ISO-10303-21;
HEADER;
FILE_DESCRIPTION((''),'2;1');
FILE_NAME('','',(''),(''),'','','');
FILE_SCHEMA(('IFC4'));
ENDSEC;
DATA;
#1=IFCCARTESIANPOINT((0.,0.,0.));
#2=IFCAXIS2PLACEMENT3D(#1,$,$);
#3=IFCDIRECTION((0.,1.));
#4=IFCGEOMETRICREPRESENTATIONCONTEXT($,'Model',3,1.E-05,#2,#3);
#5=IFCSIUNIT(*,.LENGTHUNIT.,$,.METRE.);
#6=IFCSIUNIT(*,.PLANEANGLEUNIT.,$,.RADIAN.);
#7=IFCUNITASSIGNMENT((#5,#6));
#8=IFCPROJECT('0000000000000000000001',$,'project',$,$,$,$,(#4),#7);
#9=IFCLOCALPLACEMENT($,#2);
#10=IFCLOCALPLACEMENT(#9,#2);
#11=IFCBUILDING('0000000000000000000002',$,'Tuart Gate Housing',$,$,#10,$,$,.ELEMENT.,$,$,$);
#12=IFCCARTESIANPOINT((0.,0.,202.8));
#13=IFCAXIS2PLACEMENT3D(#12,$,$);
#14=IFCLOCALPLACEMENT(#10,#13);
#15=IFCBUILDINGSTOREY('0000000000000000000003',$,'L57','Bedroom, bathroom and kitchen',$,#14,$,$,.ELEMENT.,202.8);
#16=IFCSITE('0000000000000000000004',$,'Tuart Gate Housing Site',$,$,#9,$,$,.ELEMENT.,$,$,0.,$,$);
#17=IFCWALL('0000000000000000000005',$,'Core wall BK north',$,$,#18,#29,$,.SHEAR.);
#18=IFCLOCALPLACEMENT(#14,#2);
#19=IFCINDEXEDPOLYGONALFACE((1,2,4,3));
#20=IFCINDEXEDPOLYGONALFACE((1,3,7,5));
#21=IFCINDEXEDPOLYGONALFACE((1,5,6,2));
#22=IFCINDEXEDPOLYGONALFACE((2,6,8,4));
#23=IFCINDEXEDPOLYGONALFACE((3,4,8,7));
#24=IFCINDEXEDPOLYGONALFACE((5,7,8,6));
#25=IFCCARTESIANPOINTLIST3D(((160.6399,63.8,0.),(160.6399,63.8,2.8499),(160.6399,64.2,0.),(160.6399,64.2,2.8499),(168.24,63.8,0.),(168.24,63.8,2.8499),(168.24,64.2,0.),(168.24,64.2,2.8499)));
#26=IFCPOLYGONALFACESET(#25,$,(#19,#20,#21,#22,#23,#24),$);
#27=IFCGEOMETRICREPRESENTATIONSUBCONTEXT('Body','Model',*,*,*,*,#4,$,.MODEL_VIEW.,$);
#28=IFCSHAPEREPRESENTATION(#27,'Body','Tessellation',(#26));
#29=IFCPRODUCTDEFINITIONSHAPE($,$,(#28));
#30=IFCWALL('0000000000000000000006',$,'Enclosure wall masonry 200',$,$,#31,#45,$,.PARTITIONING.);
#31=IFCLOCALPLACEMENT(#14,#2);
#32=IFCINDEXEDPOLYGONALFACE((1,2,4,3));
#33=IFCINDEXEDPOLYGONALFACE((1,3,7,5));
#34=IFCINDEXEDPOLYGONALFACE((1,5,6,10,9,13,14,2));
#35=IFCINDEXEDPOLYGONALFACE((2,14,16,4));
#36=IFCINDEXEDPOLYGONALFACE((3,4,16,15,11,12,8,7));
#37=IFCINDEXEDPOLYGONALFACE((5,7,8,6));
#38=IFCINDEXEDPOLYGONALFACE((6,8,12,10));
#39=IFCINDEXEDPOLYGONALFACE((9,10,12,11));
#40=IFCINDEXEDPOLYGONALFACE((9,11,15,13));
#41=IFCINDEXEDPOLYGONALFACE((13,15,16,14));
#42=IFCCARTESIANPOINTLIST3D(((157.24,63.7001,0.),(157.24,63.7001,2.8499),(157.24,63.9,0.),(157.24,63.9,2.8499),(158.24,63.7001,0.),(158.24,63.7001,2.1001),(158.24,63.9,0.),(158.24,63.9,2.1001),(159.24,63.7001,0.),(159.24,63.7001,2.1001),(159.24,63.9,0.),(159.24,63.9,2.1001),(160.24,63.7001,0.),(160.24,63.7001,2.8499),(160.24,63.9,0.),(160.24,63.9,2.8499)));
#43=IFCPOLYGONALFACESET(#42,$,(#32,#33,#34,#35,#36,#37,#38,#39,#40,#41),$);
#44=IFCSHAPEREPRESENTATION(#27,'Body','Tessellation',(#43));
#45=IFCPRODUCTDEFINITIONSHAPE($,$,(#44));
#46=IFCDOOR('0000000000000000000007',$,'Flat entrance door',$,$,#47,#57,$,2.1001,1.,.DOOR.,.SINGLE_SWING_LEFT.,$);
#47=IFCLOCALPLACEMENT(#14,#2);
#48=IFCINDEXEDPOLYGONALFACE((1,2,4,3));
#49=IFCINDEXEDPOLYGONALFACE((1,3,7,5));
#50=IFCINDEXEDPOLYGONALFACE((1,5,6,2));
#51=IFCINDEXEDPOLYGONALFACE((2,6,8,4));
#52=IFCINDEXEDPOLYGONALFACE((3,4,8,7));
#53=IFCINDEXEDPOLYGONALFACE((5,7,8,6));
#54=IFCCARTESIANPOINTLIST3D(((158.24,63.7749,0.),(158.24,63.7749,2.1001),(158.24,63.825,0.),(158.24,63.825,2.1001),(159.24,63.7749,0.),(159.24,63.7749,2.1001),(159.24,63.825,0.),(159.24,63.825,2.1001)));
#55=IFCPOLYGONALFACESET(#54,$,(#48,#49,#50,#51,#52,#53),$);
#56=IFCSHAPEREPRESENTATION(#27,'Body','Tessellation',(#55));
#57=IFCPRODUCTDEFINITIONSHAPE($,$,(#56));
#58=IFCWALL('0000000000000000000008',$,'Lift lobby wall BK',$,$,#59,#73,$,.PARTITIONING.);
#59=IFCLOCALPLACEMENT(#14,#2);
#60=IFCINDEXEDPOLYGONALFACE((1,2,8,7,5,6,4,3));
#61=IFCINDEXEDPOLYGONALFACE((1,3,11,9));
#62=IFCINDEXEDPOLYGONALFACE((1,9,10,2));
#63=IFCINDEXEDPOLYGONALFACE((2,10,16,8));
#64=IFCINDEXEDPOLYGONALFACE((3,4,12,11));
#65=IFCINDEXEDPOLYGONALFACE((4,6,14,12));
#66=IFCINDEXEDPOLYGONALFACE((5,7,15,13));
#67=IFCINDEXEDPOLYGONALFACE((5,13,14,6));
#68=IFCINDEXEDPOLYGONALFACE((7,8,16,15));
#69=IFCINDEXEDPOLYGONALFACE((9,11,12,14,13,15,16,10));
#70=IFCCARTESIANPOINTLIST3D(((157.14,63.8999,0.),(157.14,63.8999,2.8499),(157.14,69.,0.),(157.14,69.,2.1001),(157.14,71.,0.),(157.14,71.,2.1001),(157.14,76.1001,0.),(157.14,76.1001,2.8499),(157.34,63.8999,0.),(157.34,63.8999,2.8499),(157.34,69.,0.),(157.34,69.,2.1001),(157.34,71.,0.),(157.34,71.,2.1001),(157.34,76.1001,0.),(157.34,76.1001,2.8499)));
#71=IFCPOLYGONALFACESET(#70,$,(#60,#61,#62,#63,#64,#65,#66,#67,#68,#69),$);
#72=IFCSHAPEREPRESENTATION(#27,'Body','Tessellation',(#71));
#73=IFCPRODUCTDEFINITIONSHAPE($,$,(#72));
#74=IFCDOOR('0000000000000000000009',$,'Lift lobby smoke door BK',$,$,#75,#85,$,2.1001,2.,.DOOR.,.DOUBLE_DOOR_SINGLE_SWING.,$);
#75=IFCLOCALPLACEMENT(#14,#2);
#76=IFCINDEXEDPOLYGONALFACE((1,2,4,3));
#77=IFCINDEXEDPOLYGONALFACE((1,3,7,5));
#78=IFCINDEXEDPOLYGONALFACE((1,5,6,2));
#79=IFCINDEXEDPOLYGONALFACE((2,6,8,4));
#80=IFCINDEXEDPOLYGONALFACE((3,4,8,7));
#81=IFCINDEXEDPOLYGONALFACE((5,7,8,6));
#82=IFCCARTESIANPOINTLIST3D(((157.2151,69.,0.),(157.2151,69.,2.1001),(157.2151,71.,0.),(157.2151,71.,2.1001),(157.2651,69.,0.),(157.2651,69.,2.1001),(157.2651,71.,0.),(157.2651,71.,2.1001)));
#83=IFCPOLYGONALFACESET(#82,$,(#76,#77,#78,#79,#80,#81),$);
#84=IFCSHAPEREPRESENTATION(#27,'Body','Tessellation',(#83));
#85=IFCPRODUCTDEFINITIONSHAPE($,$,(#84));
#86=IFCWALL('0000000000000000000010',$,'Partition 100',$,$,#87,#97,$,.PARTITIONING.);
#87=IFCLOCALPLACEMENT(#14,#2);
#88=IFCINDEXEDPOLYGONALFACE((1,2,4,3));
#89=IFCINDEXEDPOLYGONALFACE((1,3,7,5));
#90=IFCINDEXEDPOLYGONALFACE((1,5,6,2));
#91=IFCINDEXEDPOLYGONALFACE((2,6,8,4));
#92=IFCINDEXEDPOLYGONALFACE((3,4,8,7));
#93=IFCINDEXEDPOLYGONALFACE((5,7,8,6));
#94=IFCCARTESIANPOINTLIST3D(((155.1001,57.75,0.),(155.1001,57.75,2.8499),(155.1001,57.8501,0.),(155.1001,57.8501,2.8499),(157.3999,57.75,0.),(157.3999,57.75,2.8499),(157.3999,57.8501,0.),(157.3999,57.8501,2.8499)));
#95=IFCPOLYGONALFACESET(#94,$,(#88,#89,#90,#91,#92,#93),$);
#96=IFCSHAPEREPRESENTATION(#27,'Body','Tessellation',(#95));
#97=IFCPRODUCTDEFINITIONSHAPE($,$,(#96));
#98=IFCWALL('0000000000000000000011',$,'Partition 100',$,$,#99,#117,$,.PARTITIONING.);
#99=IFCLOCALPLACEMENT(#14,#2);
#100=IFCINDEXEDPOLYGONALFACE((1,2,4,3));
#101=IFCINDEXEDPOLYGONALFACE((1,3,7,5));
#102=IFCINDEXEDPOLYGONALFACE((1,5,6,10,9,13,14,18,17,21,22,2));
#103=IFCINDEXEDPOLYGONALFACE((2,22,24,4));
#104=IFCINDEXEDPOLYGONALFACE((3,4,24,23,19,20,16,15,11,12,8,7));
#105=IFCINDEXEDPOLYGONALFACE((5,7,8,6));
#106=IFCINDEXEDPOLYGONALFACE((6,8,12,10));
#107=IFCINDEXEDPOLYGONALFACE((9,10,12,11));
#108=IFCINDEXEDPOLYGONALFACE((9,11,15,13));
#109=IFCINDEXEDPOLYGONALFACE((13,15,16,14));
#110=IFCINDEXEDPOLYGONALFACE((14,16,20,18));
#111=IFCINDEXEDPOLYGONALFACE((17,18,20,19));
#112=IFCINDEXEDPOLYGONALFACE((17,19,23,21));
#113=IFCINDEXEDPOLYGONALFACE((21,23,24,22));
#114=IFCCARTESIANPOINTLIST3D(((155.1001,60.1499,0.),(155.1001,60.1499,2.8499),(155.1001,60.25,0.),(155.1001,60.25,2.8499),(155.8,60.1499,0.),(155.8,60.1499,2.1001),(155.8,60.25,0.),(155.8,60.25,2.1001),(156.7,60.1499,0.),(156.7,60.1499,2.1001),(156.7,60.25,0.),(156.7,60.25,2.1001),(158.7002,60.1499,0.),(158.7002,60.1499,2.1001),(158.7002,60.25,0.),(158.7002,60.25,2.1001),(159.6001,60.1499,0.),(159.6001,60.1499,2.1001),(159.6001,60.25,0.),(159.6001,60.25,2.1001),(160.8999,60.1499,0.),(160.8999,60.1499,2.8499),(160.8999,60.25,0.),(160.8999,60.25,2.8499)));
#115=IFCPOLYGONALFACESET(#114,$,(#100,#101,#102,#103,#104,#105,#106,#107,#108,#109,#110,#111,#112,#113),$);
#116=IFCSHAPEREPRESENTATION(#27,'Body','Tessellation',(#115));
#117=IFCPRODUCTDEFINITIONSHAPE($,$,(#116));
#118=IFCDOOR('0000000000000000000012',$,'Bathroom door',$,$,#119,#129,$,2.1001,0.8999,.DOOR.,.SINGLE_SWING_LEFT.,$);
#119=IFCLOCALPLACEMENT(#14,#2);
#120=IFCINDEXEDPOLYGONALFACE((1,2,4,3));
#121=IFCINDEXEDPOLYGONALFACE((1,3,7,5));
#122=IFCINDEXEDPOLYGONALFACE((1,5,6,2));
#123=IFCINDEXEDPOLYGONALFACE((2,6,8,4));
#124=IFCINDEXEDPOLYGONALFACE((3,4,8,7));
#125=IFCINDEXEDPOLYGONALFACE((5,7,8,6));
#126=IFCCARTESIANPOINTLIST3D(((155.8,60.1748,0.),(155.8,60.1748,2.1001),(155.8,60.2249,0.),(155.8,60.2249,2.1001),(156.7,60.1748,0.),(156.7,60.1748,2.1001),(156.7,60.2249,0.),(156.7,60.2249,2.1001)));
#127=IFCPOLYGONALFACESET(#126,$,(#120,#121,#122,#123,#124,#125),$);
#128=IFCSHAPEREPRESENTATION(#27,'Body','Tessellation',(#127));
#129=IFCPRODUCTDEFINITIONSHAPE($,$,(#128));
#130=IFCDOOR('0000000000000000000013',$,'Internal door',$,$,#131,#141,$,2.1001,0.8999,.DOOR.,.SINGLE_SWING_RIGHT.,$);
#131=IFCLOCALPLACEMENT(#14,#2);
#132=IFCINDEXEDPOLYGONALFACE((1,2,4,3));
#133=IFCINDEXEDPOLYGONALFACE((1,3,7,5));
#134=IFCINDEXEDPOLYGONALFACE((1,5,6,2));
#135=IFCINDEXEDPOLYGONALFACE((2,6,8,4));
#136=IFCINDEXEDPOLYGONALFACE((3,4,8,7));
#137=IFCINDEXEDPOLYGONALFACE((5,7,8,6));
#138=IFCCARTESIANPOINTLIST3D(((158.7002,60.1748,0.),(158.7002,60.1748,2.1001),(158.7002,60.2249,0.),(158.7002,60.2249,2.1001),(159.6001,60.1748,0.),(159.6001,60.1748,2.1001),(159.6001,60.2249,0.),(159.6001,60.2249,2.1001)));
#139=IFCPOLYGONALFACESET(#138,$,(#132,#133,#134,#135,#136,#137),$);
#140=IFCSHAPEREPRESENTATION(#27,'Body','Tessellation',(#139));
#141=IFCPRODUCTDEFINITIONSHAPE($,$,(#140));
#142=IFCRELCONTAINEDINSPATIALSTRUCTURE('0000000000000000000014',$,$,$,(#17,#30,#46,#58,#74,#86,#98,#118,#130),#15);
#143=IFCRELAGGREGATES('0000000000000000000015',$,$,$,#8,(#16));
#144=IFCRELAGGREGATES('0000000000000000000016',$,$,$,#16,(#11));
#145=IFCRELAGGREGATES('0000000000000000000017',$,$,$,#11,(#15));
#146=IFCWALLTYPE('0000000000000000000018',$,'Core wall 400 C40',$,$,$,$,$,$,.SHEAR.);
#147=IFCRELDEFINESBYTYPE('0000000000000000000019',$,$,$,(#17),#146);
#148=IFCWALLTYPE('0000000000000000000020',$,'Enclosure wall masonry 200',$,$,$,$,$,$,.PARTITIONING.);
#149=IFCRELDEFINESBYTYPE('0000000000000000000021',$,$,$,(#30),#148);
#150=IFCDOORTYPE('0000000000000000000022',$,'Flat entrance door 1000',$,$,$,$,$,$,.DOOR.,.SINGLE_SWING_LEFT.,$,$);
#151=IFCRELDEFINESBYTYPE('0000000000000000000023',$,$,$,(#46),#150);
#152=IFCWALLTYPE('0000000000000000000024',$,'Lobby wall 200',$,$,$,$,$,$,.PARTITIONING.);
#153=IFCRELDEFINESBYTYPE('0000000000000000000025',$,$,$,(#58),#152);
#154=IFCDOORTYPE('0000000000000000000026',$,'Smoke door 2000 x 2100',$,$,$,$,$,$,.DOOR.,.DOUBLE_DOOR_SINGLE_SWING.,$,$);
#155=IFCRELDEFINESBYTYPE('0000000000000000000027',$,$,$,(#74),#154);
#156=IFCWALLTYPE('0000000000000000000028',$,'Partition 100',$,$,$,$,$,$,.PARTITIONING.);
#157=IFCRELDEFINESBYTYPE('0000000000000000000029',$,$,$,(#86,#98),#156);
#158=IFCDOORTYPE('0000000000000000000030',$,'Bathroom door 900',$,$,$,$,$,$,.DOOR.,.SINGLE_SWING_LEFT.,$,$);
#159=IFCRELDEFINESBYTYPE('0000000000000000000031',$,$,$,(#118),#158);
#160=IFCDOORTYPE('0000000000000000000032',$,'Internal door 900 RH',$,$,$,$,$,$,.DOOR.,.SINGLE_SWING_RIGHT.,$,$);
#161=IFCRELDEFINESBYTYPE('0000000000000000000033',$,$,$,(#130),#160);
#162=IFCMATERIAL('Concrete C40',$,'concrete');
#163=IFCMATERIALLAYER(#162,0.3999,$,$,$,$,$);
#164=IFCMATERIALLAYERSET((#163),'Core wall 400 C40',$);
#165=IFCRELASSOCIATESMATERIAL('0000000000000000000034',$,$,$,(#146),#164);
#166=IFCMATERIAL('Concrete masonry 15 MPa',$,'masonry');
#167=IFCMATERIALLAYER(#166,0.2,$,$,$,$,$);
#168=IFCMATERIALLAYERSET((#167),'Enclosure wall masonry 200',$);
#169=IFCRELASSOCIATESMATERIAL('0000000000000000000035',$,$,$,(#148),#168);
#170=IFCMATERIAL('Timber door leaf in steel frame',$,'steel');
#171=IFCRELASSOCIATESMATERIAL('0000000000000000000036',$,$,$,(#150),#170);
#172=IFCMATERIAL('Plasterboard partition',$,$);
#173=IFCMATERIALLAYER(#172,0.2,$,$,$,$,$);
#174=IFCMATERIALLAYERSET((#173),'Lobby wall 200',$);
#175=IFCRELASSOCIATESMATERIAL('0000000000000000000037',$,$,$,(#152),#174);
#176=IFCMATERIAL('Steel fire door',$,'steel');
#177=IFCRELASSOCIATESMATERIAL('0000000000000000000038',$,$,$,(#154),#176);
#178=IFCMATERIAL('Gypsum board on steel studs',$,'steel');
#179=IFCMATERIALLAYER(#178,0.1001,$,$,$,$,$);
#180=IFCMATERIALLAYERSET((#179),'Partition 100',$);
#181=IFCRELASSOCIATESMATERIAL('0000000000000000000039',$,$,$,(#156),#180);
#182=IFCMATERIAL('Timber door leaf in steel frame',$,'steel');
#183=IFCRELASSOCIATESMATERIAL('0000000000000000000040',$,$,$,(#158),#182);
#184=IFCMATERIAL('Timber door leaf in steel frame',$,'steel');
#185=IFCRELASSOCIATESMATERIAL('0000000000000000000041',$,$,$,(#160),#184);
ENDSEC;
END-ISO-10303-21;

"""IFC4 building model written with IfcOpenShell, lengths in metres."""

from ifc_helpers import new_model, si_unit, direction, frame, frame_2d, origin, place, context, subcontext, project, spatial, rectangle, extrude, material, layer, layer_set, type_object, element, fill, save


model = new_model("IFC4")

# Units and contexts
model_context = context("Model", 3, precision=1e-05, world=origin(), true_north=direction((0.0, 1.0)))
body_context = subcontext(model_context, "Body", "Model", "MODEL_VIEW")
ifc_project = project(units=[si_unit("LENGTHUNIT", "METRE"), si_unit("PLANEANGLEUNIT", "RADIAN")], contexts=[model_context])

# Site, building, storey
site_placement = place(None, origin())
site = spatial("IfcSite", under=ifc_project, at=site_placement, Name="Tuart Gate Housing Site", CompositionType="ELEMENT", RefElevation=0.0)
building_placement = place(site_placement, origin())
building = spatial("IfcBuilding", under=site, at=building_placement, Name="Tuart Gate Housing", CompositionType="ELEMENT")
storey_placement = place(building_placement, frame((0.0, 0.0, 202.8)))
storey = spatial("IfcBuildingStorey", under=building, at=storey_placement, Name="L57", Description="Bedroom, bathroom and kitchen", CompositionType="ELEMENT", Elevation=202.8)

# Wall
ifc_material_1 = material(Name="Concrete C40", Category="concrete")
ifc_layer_1 = layer(ifc_material_1, 0.3999)
ifc_layer_set_1 = layer_set([ifc_layer_1], Name="Core wall 400 C40")
wall_type_1 = type_object("IfcWallType", Name="Core wall 400 C40", PredefinedType="SHEAR", material=ifc_layer_set_1)
wall_1_placement = place(storey_placement, frame((160.6399, 64.0, 0.0), z_axis=(0.0, 0.0, 1.0), x_axis=(1.0, 0.0, 0.0)))
element("IfcWall", 1, at=wall_1_placement, inside=storey, type_object=wall_type_1, Name="Core wall BK north", PredefinedType="SHEAR", context=body_context, shape_type="SweptSolid", body=[
    extrude(rectangle(XDim=7.6001, YDim=0.3999, at=frame_2d((3.8, 0.0))), origin(), (0.0, 0.0, 1.0), 2.8499),
])

# Walls, openings, doors
ifc_material_2 = material(Name="Concrete masonry 15 MPa", Category="masonry")
ifc_layer_2 = layer(ifc_material_2, 0.2)
ifc_layer_set_2 = layer_set([ifc_layer_2], Name="Enclosure wall masonry 200")
wall_type_2 = type_object("IfcWallType", Name="Enclosure wall masonry 200", PredefinedType="PARTITIONING", material=ifc_layer_set_2)
wall_2_placement = place(storey_placement, frame((157.24, 63.8, 0.0), z_axis=(0.0, 0.0, 1.0), x_axis=(1.0, 0.0, 0.0)))
wall_2 = element("IfcWall", 2, at=wall_2_placement, inside=storey, type_object=wall_type_2, Name="Enclosure wall masonry 200", PredefinedType="PARTITIONING", context=body_context, shape_type="SweptSolid", body=[
    extrude(rectangle(XDim=3.0, YDim=0.2, at=frame_2d((1.5, 0.0))), origin(), (0.0, 0.0, 1.0), 2.8499),
])
opening_1_placement = place(wall_2_placement, frame((1.0, 0.0, 0.0)))
opening_1 = element("IfcOpeningElement", 3, at=opening_1_placement, cuts=wall_2, PredefinedType="OPENING", context=body_context, shape_type="SweptSolid", body=[
    extrude(rectangle(XDim=1.0, YDim=2.1001, at=frame_2d((0.5, 1.05))), frame((0.0, 0.1099, 0.0), z_axis=(0.0, -1.0, 0.0), x_axis=(1.0, 0.0, 0.0)), (0.0, 0.0, 1.0), 0.22),
])
ifc_material_3 = material(Name="Timber door leaf in steel frame", Category="steel")
door_type_1 = type_object("IfcDoorType", Name="Flat entrance door 1000", OperationType="SINGLE_SWING_LEFT", PredefinedType="DOOR", material=ifc_material_3)
door_1_placement = place(opening_1_placement, frame((1.0, 0.0, 0.0), z_axis=(0.0, 0.0, 1.0), x_axis=(-1.0, 0.0, 0.0)))
door_1 = element("IfcDoor", 4, at=door_1_placement, inside=storey, type_object=door_type_1, Name="Flat entrance door", OperationType="SINGLE_SWING_LEFT", OverallHeight=2.1001, OverallWidth=1.0, PredefinedType="DOOR", context=body_context, shape_type="SweptSolid", body=[
    extrude(rectangle(XDim=1.0, YDim=2.1001, at=frame_2d((0.5, 1.05))), frame((0.0, 0.0251, 0.0), z_axis=(0.0, -1.0, 0.0), x_axis=(1.0, 0.0, 0.0)), (0.0, 0.0, 1.0), 0.05),
])
fill(opening_1, door_1)
ifc_material_4 = material(Name="Plasterboard partition")
ifc_layer_3 = layer(ifc_material_4, 0.2)
ifc_layer_set_3 = layer_set([ifc_layer_3], Name="Lobby wall 200")
wall_type_3 = type_object("IfcWallType", Name="Lobby wall 200", PredefinedType="PARTITIONING", material=ifc_layer_set_3)
wall_3_placement = place(storey_placement, frame((157.24, 63.8999, 0.0), z_axis=(0.0, 0.0, 1.0), x_axis=(0.0, 1.0, 0.0)))
wall_3 = element("IfcWall", 5, at=wall_3_placement, inside=storey, type_object=wall_type_3, Name="Lift lobby wall BK", PredefinedType="PARTITIONING", context=body_context, shape_type="SweptSolid", body=[
    extrude(rectangle(XDim=12.2002, YDim=0.2, at=frame_2d((6.1001, 0.0))), origin(), (0.0, 0.0, 1.0), 2.8499),
])
opening_2_placement = place(wall_3_placement, frame((5.1001, 0.0, 0.0)))
opening_2 = element("IfcOpeningElement", 6, at=opening_2_placement, cuts=wall_3, PredefinedType="OPENING", context=body_context, shape_type="SweptSolid", body=[
    extrude(rectangle(XDim=2.0, YDim=2.1001, at=frame_2d((1.0, 1.05))), frame((0.0, 0.1099, 0.0), z_axis=(0.0, -1.0, 0.0), x_axis=(1.0, 0.0, 0.0)), (0.0, 0.0, 1.0), 0.22),
])
ifc_material_5 = material(Name="Steel fire door", Category="steel")
door_type_2 = type_object("IfcDoorType", Name="Smoke door 2000 x 2100", OperationType="DOUBLE_DOOR_SINGLE_SWING", PredefinedType="DOOR", material=ifc_material_5)
door_2_placement = place(opening_2_placement, frame((2.0, 0.0, 0.0), z_axis=(0.0, 0.0, 1.0), x_axis=(-1.0, 0.0, 0.0)))
door_2 = element("IfcDoor", 7, at=door_2_placement, inside=storey, type_object=door_type_2, Name="Lift lobby smoke door BK", OperationType="DOUBLE_DOOR_SINGLE_SWING", OverallHeight=2.1001, OverallWidth=2.0, PredefinedType="DOOR", context=body_context, shape_type="SweptSolid", body=[
    extrude(rectangle(XDim=2.0, YDim=2.1001, at=frame_2d((1.0, 1.05))), frame((0.0, 0.0251, 0.0), z_axis=(0.0, -1.0, 0.0), x_axis=(1.0, 0.0, 0.0)), (0.0, 0.0, 1.0), 0.05),
])
fill(opening_2, door_2)

# Wall
ifc_material_6 = material(Name="Gypsum board on steel studs", Category="steel")
ifc_layer_4 = layer(ifc_material_6, 0.1001)
ifc_layer_set_4 = layer_set([ifc_layer_4], Name="Partition 100")
wall_type_4 = type_object("IfcWallType", Name="Partition 100", PredefinedType="PARTITIONING", material=ifc_layer_set_4)
wall_4_placement = place(storey_placement, frame((155.1001, 57.8, 0.0), z_axis=(0.0, 0.0, 1.0), x_axis=(1.0, 0.0, 0.0)))
element("IfcWall", 8, at=wall_4_placement, inside=storey, type_object=wall_type_4, Name="Partition 100", PredefinedType="PARTITIONING", context=body_context, shape_type="SweptSolid", body=[
    extrude(rectangle(XDim=2.2998, YDim=0.1001, at=frame_2d((1.1499, 0.0))), origin(), (0.0, 0.0, 1.0), 2.8499),
])

# Wall, openings, doors
wall_5_placement = place(storey_placement, frame((155.1001, 60.2, 0.0), z_axis=(0.0, 0.0, 1.0), x_axis=(1.0, 0.0, 0.0)))
wall_5 = element("IfcWall", 9, at=wall_5_placement, inside=storey, type_object=wall_type_4, Name="Partition 100", PredefinedType="PARTITIONING", context=body_context, shape_type="SweptSolid", body=[
    extrude(rectangle(XDim=5.7998, YDim=0.1001, at=frame_2d((2.8999, 0.0))), origin(), (0.0, 0.0, 1.0), 2.8499),
])
opening_3_placement = place(wall_5_placement, frame((3.6001, 0.0, 0.0)))
opening_3 = element("IfcOpeningElement", 10, at=opening_3_placement, cuts=wall_5, PredefinedType="OPENING", context=body_context, shape_type="SweptSolid", body=[
    extrude(rectangle(XDim=0.8999, YDim=2.1001, at=frame_2d((0.45, 1.05))), frame((0.0, 0.0601, 0.0), z_axis=(0.0, -1.0, 0.0), x_axis=(1.0, 0.0, 0.0)), (0.0, 0.0, 1.0), 0.1201),
])
opening_4_placement = place(wall_5_placement, frame((0.7, 0.0, 0.0)))
opening_4 = element("IfcOpeningElement", 11, at=opening_4_placement, cuts=wall_5, PredefinedType="OPENING", context=body_context, shape_type="SweptSolid", body=[
    extrude(rectangle(XDim=0.8999, YDim=2.1001, at=frame_2d((0.45, 1.05))), frame((0.0, 0.0601, 0.0), z_axis=(0.0, -1.0, 0.0), x_axis=(1.0, 0.0, 0.0)), (0.0, 0.0, 1.0), 0.1201),
])
ifc_material_7 = material(Name="Timber door leaf in steel frame", Category="steel")
door_type_3 = type_object("IfcDoorType", Name="Bathroom door 900", OperationType="SINGLE_SWING_LEFT", PredefinedType="DOOR", material=ifc_material_7)
door_3_placement = place(opening_4_placement, frame((0.8999, 0.0, 0.0), z_axis=(0.0, 0.0, 1.0), x_axis=(-1.0, 0.0, 0.0)))
door_3 = element("IfcDoor", 12, at=door_3_placement, inside=storey, type_object=door_type_3, Name="Bathroom door", OperationType="SINGLE_SWING_LEFT", OverallHeight=2.1001, OverallWidth=0.8999, PredefinedType="DOOR", context=body_context, shape_type="SweptSolid", body=[
    extrude(rectangle(XDim=0.8999, YDim=2.1001, at=frame_2d((0.45, 1.05))), frame((0.0, 0.0251, 0.0), z_axis=(0.0, -1.0, 0.0), x_axis=(1.0, 0.0, 0.0)), (0.0, 0.0, 1.0), 0.05),
])
fill(opening_4, door_3)
ifc_material_8 = material(Name="Timber door leaf in steel frame", Category="steel")
door_type_4 = type_object("IfcDoorType", Name="Internal door 900 RH", OperationType="SINGLE_SWING_RIGHT", PredefinedType="DOOR", material=ifc_material_8)
door_4_placement = place(opening_3_placement, frame((0.8999, 0.0, 0.0), z_axis=(0.0, 0.0, 1.0), x_axis=(-1.0, 0.0, 0.0)))
door_4 = element("IfcDoor", 13, at=door_4_placement, inside=storey, type_object=door_type_4, Name="Internal door", OperationType="SINGLE_SWING_RIGHT", OverallHeight=2.1001, OverallWidth=0.8999, PredefinedType="DOOR", context=body_context, shape_type="SweptSolid", body=[
    extrude(rectangle(XDim=0.8999, YDim=2.1001, at=frame_2d((0.45, 1.05))), frame((0.0, 0.0251, 0.0), z_axis=(0.0, -1.0, 0.0), x_axis=(1.0, 0.0, 0.0)), (0.0, 0.0, 1.0), 0.05),
])
fill(opening_3, door_4)

save(model, "model.ifc")
